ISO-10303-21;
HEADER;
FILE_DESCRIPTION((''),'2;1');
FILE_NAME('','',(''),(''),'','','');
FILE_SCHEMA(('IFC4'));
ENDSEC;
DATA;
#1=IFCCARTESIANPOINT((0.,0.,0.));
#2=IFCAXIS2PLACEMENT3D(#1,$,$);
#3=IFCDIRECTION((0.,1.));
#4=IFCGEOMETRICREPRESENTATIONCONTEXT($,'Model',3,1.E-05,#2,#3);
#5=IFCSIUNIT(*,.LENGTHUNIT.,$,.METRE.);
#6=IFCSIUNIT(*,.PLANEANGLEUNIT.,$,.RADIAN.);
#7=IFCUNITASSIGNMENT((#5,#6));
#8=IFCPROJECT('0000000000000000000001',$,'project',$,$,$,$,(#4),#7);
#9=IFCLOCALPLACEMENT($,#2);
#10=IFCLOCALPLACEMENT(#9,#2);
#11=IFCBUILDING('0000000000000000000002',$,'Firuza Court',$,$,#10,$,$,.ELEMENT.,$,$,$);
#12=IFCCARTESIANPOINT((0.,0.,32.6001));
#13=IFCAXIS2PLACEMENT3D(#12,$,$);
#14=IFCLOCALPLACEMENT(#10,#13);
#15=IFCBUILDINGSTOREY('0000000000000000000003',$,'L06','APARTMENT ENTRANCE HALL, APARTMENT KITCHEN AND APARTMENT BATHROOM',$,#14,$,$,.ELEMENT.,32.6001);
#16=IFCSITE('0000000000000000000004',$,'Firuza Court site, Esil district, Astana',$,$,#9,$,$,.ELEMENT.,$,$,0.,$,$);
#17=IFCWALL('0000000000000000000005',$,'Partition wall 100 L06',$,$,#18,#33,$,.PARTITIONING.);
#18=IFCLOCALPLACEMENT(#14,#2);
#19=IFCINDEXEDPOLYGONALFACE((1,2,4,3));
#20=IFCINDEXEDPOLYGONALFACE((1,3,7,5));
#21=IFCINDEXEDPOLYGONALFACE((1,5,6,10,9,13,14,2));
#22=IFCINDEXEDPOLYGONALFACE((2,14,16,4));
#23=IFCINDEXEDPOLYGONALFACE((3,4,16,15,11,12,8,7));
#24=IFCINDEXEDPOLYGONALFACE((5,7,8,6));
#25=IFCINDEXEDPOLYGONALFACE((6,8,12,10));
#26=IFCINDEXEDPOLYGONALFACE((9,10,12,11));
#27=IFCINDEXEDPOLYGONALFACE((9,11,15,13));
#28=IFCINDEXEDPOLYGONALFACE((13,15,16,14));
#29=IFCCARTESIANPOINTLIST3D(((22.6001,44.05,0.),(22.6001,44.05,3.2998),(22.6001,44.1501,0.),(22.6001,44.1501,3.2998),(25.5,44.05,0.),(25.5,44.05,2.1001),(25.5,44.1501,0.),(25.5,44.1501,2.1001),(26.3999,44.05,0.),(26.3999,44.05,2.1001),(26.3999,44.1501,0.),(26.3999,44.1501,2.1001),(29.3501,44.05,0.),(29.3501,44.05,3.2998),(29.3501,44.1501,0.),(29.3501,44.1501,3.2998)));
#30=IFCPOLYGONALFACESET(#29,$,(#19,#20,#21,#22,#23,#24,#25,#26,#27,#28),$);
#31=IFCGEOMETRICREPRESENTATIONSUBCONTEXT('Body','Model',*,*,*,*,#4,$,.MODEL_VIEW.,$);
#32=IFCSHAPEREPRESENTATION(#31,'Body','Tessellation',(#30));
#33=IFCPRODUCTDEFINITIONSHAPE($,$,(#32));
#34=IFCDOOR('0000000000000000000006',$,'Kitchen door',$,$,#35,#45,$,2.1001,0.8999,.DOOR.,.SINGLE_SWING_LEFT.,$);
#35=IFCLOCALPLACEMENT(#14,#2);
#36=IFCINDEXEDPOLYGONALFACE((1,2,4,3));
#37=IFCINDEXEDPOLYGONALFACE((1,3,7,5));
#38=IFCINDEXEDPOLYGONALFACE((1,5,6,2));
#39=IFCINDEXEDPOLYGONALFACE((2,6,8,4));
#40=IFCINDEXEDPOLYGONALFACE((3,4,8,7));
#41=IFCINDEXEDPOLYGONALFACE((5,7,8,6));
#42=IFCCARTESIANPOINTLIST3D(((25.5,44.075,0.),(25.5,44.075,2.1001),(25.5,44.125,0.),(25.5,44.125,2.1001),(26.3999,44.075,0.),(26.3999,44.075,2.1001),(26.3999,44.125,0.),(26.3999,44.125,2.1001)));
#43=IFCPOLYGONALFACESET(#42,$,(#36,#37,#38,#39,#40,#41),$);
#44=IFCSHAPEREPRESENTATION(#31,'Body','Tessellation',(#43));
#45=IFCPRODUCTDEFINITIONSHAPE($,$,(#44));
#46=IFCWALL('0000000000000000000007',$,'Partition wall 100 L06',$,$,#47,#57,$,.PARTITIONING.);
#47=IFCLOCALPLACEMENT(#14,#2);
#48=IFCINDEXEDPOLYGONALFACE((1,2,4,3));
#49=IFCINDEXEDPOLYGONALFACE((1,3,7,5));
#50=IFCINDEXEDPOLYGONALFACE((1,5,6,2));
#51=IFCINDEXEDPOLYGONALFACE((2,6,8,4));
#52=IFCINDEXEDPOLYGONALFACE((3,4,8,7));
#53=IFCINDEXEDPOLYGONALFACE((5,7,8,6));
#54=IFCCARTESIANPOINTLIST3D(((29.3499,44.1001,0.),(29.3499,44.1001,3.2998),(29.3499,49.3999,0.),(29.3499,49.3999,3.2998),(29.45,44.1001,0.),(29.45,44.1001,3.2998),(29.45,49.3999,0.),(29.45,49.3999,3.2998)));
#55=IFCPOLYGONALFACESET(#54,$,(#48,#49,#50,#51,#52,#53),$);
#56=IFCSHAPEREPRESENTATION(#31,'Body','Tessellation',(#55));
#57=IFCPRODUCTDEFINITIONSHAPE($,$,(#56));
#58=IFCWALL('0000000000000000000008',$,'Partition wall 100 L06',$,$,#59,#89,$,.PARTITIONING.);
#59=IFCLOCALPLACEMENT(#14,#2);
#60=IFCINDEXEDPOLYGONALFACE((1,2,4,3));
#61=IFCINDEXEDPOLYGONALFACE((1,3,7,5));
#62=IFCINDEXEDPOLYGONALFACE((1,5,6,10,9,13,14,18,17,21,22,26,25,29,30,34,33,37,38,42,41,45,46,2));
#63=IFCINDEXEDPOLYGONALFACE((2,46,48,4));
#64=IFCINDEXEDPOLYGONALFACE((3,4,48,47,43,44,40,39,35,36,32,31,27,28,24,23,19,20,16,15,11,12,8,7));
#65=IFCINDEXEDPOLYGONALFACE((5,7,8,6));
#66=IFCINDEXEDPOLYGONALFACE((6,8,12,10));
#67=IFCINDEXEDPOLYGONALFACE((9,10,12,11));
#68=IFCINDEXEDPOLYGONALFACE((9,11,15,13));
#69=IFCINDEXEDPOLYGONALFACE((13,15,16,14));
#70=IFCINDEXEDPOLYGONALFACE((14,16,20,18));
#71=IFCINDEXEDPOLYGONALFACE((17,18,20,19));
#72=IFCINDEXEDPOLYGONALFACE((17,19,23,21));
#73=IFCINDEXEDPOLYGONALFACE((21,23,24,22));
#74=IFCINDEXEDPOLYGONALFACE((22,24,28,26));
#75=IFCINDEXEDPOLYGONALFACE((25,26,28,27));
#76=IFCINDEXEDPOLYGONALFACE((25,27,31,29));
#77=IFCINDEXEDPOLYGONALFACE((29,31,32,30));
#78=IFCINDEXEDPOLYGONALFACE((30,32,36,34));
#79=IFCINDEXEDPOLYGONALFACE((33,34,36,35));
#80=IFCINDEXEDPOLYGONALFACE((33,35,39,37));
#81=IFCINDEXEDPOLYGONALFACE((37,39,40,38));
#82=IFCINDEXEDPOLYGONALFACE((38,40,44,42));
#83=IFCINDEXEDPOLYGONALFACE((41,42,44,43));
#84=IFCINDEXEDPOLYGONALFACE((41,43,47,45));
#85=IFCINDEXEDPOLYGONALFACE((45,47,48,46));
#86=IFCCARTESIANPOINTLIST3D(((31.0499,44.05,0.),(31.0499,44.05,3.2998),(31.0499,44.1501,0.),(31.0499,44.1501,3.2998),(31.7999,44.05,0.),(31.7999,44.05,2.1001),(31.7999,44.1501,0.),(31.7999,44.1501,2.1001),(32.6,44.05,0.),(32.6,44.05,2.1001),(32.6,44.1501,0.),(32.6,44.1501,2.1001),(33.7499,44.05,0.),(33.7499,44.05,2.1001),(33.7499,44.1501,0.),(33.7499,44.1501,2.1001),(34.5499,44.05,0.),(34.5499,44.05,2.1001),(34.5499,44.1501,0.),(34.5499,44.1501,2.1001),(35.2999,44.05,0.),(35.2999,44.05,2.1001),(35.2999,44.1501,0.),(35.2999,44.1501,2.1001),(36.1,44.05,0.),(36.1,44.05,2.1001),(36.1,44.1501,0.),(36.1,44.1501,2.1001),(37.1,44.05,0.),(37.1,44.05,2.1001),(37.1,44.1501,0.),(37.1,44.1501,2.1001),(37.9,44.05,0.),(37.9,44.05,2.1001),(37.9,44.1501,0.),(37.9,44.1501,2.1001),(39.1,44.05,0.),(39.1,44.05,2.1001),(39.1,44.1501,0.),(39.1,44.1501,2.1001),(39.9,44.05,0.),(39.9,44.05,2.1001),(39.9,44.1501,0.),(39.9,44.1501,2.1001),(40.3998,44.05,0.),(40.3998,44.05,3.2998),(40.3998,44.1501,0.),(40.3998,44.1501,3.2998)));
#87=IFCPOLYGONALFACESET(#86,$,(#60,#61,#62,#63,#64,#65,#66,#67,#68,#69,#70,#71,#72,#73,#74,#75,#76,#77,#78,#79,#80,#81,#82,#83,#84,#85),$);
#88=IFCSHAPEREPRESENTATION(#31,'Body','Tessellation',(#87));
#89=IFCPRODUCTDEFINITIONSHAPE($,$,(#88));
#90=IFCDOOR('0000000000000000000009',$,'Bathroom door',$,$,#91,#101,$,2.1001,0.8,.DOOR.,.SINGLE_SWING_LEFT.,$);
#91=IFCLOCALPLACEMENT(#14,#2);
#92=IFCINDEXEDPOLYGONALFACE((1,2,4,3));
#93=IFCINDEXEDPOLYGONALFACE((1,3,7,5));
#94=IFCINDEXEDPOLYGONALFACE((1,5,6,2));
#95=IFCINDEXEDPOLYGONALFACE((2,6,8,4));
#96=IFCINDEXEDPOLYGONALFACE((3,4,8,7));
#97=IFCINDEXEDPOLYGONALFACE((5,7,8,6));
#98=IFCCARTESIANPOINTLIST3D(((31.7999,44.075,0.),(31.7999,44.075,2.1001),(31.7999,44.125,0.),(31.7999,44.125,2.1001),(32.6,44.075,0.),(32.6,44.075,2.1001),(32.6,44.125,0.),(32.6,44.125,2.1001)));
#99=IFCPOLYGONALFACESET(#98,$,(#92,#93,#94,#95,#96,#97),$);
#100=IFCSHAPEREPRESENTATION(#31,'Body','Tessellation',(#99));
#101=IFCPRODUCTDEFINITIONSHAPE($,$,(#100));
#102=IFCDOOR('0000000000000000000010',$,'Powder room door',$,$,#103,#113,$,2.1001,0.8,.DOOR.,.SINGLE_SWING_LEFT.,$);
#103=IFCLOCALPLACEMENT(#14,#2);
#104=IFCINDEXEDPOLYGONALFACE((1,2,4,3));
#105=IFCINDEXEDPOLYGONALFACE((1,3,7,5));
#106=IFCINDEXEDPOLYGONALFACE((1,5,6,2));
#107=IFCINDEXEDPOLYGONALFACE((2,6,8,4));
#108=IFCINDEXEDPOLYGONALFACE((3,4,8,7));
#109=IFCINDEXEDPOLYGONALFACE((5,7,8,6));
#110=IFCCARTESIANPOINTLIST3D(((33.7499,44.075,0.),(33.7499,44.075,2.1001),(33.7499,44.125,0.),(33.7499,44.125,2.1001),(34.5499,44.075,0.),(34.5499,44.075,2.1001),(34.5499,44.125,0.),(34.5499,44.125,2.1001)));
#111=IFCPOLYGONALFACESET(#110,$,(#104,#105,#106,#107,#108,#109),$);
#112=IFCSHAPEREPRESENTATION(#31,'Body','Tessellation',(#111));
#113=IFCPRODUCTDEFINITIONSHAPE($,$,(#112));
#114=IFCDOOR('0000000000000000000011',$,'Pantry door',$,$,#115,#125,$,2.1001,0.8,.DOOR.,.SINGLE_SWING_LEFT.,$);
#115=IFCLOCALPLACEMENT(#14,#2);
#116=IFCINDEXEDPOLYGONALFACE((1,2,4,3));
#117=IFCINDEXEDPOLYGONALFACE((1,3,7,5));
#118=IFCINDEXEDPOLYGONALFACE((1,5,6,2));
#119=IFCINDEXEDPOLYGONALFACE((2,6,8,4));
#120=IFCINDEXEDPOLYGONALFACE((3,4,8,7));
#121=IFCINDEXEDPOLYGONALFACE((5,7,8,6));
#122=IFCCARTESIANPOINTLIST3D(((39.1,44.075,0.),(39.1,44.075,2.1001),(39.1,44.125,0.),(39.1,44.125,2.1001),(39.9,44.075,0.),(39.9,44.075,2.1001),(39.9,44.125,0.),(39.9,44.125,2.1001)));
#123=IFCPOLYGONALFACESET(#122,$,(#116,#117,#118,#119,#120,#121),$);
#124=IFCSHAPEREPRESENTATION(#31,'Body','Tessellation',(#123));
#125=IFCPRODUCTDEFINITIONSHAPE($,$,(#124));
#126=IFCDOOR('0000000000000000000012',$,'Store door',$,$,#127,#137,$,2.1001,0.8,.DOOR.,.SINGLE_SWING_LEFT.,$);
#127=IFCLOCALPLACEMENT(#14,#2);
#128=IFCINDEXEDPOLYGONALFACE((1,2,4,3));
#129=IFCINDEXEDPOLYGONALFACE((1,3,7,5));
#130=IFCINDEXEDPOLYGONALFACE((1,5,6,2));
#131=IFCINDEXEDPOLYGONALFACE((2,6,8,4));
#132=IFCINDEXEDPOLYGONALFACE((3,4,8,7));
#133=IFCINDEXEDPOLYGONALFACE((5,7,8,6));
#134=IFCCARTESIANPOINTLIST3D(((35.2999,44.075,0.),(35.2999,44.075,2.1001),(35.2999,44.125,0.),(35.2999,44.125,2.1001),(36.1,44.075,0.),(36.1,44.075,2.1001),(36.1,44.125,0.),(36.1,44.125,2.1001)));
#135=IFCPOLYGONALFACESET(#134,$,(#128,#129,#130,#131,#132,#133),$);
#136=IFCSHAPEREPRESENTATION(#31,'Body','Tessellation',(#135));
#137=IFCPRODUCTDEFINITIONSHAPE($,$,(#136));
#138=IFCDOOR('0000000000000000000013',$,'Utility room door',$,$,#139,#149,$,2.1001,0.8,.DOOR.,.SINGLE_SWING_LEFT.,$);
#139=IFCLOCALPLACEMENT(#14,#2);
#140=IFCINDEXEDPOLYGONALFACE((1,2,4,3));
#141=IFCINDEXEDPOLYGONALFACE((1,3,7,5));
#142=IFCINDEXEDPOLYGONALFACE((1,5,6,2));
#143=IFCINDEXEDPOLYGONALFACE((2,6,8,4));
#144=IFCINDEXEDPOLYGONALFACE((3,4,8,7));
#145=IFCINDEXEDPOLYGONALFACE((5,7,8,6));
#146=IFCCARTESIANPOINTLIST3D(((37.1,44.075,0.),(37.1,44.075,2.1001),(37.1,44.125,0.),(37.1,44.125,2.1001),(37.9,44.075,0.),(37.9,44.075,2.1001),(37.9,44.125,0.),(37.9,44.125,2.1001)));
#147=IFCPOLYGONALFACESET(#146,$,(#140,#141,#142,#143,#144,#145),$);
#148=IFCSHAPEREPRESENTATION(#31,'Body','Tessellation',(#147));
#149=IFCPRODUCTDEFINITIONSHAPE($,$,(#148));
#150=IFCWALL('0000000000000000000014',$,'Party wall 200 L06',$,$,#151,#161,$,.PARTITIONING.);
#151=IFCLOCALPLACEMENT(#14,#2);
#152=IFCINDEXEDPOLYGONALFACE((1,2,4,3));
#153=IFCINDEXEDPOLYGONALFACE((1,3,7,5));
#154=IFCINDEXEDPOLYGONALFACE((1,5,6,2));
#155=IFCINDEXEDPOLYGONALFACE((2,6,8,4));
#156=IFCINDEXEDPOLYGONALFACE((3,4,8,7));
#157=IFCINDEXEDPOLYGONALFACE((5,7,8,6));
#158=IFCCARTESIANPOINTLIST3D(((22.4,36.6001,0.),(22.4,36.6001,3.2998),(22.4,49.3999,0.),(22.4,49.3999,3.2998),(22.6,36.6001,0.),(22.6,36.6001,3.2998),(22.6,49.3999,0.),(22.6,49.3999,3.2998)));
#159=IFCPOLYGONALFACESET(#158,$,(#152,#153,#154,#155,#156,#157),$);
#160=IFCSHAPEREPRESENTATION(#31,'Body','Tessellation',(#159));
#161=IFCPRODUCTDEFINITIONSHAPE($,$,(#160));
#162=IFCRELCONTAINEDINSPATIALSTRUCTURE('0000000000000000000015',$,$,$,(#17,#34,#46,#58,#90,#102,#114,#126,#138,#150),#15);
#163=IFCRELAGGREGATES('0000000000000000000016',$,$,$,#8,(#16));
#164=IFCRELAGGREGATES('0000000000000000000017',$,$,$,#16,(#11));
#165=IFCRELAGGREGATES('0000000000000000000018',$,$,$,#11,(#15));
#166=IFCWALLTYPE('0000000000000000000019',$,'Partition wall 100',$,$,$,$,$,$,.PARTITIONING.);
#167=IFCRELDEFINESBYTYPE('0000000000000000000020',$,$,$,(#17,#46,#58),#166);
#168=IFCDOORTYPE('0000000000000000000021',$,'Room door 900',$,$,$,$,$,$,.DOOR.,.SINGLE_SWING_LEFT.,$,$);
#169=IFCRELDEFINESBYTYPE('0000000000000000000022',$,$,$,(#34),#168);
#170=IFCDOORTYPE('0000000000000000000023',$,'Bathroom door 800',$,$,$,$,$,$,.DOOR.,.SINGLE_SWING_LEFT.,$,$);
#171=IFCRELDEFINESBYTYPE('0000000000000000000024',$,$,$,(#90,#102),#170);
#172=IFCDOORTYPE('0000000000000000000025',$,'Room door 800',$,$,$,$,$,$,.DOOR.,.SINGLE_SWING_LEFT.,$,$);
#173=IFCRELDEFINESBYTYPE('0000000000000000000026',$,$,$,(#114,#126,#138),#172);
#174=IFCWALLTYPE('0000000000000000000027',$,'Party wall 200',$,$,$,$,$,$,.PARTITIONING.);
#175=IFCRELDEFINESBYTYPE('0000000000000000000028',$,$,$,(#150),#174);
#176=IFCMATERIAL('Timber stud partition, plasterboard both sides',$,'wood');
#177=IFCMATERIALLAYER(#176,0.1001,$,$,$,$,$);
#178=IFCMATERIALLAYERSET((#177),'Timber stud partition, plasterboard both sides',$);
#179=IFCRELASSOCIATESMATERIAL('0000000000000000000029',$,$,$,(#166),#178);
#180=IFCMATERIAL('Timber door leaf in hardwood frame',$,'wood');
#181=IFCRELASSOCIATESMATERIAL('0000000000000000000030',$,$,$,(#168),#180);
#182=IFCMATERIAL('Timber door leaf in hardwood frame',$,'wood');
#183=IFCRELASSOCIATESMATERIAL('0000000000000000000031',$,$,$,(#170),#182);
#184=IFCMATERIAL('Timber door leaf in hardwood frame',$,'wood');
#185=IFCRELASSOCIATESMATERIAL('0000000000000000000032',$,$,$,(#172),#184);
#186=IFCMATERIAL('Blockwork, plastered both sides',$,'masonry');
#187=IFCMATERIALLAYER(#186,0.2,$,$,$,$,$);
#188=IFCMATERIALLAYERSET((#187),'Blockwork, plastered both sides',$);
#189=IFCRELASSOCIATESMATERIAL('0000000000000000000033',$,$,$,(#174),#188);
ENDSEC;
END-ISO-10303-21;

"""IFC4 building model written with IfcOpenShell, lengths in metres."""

from ifc_helpers import new_model, si_unit, direction, frame, frame_2d, origin, place, context, subcontext, project, spatial, rectangle, extrude, material, layer, layer_set, type_object, element, fill, save


model = new_model("IFC4")

# Units and contexts
model_context = context("Model", 3, precision=1e-05, world=origin(), true_north=direction((0.0, 1.0)))
body_context = subcontext(model_context, "Body", "Model", "MODEL_VIEW")
ifc_project = project(units=[si_unit("LENGTHUNIT", "METRE"), si_unit("PLANEANGLEUNIT", "RADIAN")], contexts=[model_context])

# Site, building, storey
site_placement = place(None, origin())
site = spatial("IfcSite", under=ifc_project, at=site_placement, Name="Firuza Court site, Esil district, Astana", CompositionType="ELEMENT", RefElevation=0.0)
building_placement = place(site_placement, origin())
building = spatial("IfcBuilding", under=site, at=building_placement, Name="Firuza Court", CompositionType="ELEMENT")
storey_placement = place(building_placement, frame((0.0, 0.0, 32.6001)))
storey = spatial("IfcBuildingStorey", under=building, at=storey_placement, Name="L06", Description="APARTMENT ENTRANCE HALL, APARTMENT KITCHEN AND APARTMENT BATHROOM", CompositionType="ELEMENT", Elevation=32.6001)

# Shared definitions
ifc_material_1 = material(Name="Timber stud partition, plasterboard both sides", Category="wood")
ifc_layer_1 = layer(ifc_material_1, 0.1001)
ifc_layer_set_1 = layer_set([ifc_layer_1], Name="Timber stud partition, plasterboard both sides")
wall_type_1 = type_object("IfcWallType", Name="Partition wall 100", PredefinedType="PARTITIONING", material=ifc_layer_set_1)

# Shared definitions
ifc_material_2 = material(Name="Timber door leaf in hardwood frame", Category="wood")
door_type_1 = type_object("IfcDoorType", Name="Room door 900", OperationType="SINGLE_SWING_LEFT", PredefinedType="DOOR", material=ifc_material_2)

# Wall, opening, door
wall_1_placement = place(storey_placement, frame((22.6001, 44.1001, 0.0), z_axis=(0.0, 0.0, 1.0), x_axis=(1.0, 0.0, 0.0)))
wall_1 = element("IfcWall", 1, at=wall_1_placement, inside=storey, type_object=wall_type_1, Name="Partition wall 100 L06", PredefinedType="PARTITIONING", context=body_context, shape_type="SweptSolid", body=[
    extrude(rectangle(XDim=6.75, YDim=0.1001, at=frame_2d((3.375, 0.0))), origin(), (0.0, 0.0, 1.0), 3.2998),
])
opening_1_placement = place(wall_1_placement, frame((2.8999, 0.0, 0.0)))
opening_1 = element("IfcOpeningElement", 2, at=opening_1_placement, cuts=wall_1, PredefinedType="OPENING", context=body_context, shape_type="SweptSolid", body=[
    extrude(rectangle(XDim=0.8999, YDim=2.1001, at=frame_2d((0.45, 1.05))), frame((0.0, 0.062, 0.0), z_axis=(0.0, -1.0, 0.0), x_axis=(1.0, 0.0, 0.0)), (0.0, 0.0, 1.0), 0.124),
])
door_1_placement = place(opening_1_placement, origin())
door_1 = element("IfcDoor", 3, at=door_1_placement, inside=storey, type_object=door_type_1, Name="Kitchen door", OperationType="SINGLE_SWING_LEFT", OverallHeight=2.1001, OverallWidth=0.8999, PredefinedType="DOOR", context=body_context, shape_type="SweptSolid", body=[
    extrude(rectangle(XDim=0.8999, YDim=2.1001, at=frame_2d((0.45, 1.05))), frame((0.0, 0.0249, 0.0), z_axis=(0.0, -1.0, 0.0), x_axis=(1.0, 0.0, 0.0)), (0.0, 0.0, 1.0), 0.05),
])
fill(opening_1, door_1)

# Wall
wall_2_placement = place(storey_placement, frame((29.3999, 44.1001, 0.0), z_axis=(0.0, 0.0, 1.0), x_axis=(0.0, 1.0, 0.0)))
element("IfcWall", 4, at=wall_2_placement, inside=storey, type_object=wall_type_1, Name="Partition wall 100 L06", PredefinedType="PARTITIONING", context=body_context, shape_type="SweptSolid", body=[
    extrude(rectangle(XDim=5.2998, YDim=0.1001, at=frame_2d((2.6499, 0.0))), origin(), (0.0, 0.0, 1.0), 3.2998),
])

# Wall, openings, doors
wall_3_placement = place(storey_placement, frame((31.05, 44.1001, 0.0), z_axis=(0.0, 0.0, 1.0), x_axis=(1.0, 0.0, 0.0)))
wall_3 = element("IfcWall", 5, at=wall_3_placement, inside=storey, type_object=wall_type_1, Name="Partition wall 100 L06", PredefinedType="PARTITIONING", context=body_context, shape_type="SweptSolid", body=[
    extrude(rectangle(XDim=9.3499, YDim=0.1001, at=frame_2d((4.6748, 0.0))), origin(), (0.0, 0.0, 1.0), 3.2998),
])
opening_2_placement = place(wall_3_placement, frame((0.75, 0.0, 0.0)))
opening_2 = element("IfcOpeningElement", 6, at=opening_2_placement, cuts=wall_3, PredefinedType="OPENING", context=body_context, shape_type="SweptSolid", body=[
    extrude(rectangle(XDim=0.8, YDim=2.1001, at=frame_2d((0.3999, 1.05))), frame((0.0, 0.062, 0.0), z_axis=(0.0, -1.0, 0.0), x_axis=(1.0, 0.0, 0.0)), (0.0, 0.0, 1.0), 0.124),
])
opening_3_placement = place(wall_3_placement, frame((8.05, 0.0, 0.0)))
opening_3 = element("IfcOpeningElement", 7, at=opening_3_placement, cuts=wall_3, PredefinedType="OPENING", context=body_context, shape_type="SweptSolid", body=[
    extrude(rectangle(XDim=0.8, YDim=2.1001, at=frame_2d((0.3999, 1.05))), frame((0.0, 0.062, 0.0), z_axis=(0.0, -1.0, 0.0), x_axis=(1.0, 0.0, 0.0)), (0.0, 0.0, 1.0), 0.124),
])
opening_4_placement = place(wall_3_placement, frame((4.25, 0.0, 0.0)))
opening_4 = element("IfcOpeningElement", 8, at=opening_4_placement, cuts=wall_3, PredefinedType="OPENING", context=body_context, shape_type="SweptSolid", body=[
    extrude(rectangle(XDim=0.8, YDim=2.1001, at=frame_2d((0.3999, 1.05))), frame((0.0, 0.062, 0.0), z_axis=(0.0, -1.0, 0.0), x_axis=(1.0, 0.0, 0.0)), (0.0, 0.0, 1.0), 0.124),
])
opening_5_placement = place(wall_3_placement, frame((6.05, 0.0, 0.0)))
opening_5 = element("IfcOpeningElement", 9, at=opening_5_placement, cuts=wall_3, PredefinedType="OPENING", context=body_context, shape_type="SweptSolid", body=[
    extrude(rectangle(XDim=0.8, YDim=2.1001, at=frame_2d((0.3999, 1.05))), frame((0.0, 0.062, 0.0), z_axis=(0.0, -1.0, 0.0), x_axis=(1.0, 0.0, 0.0)), (0.0, 0.0, 1.0), 0.124),
])
opening_6_placement = place(wall_3_placement, frame((2.7, 0.0, 0.0)))
opening_6 = element("IfcOpeningElement", 10, at=opening_6_placement, cuts=wall_3, PredefinedType="OPENING", context=body_context, shape_type="SweptSolid", body=[
    extrude(rectangle(XDim=0.8, YDim=2.1001, at=frame_2d((0.3999, 1.05))), frame((0.0, 0.062, 0.0), z_axis=(0.0, -1.0, 0.0), x_axis=(1.0, 0.0, 0.0)), (0.0, 0.0, 1.0), 0.124),
])
ifc_material_3 = material(Name="Timber door leaf in hardwood frame", Category="wood")
door_type_2 = type_object("IfcDoorType", Name="Bathroom door 800", OperationType="SINGLE_SWING_LEFT", PredefinedType="DOOR", material=ifc_material_3)
door_2_placement = place(opening_2_placement, origin())
door_2 = element("IfcDoor", 11, at=door_2_placement, inside=storey, type_object=door_type_2, Name="Bathroom door", OperationType="SINGLE_SWING_LEFT", OverallHeight=2.1001, OverallWidth=0.8, PredefinedType="DOOR", context=body_context, shape_type="SweptSolid", body=[
    extrude(rectangle(XDim=0.8, YDim=2.1001, at=frame_2d((0.3999, 1.05))), frame((0.0, 0.0249, 0.0), z_axis=(0.0, -1.0, 0.0), x_axis=(1.0, 0.0, 0.0)), (0.0, 0.0, 1.0), 0.05),
])
fill(opening_2, door_2)
door_3_placement = place(opening_6_placement, origin())
door_3 = element("IfcDoor", 12, at=door_3_placement, inside=storey, type_object=door_type_2, Name="Powder room door", OperationType="SINGLE_SWING_LEFT", OverallHeight=2.1001, OverallWidth=0.8, PredefinedType="DOOR", context=body_context, shape_type="SweptSolid", body=[
    extrude(rectangle(XDim=0.8, YDim=2.1001, at=frame_2d((0.3999, 1.05))), frame((0.0, 0.0249, 0.0), z_axis=(0.0, -1.0, 0.0), x_axis=(1.0, 0.0, 0.0)), (0.0, 0.0, 1.0), 0.05),
])
fill(opening_6, door_3)
ifc_material_4 = material(Name="Timber door leaf in hardwood frame", Category="wood")
door_type_3 = type_object("IfcDoorType", Name="Room door 800", OperationType="SINGLE_SWING_LEFT", PredefinedType="DOOR", material=ifc_material_4)
door_4_placement = place(opening_3_placement, origin())
door_4 = element("IfcDoor", 13, at=door_4_placement, inside=storey, type_object=door_type_3, Name="Pantry door", OperationType="SINGLE_SWING_LEFT", OverallHeight=2.1001, OverallWidth=0.8, PredefinedType="DOOR", context=body_context, shape_type="SweptSolid", body=[
    extrude(rectangle(XDim=0.8, YDim=2.1001, at=frame_2d((0.3999, 1.05))), frame((0.0, 0.0249, 0.0), z_axis=(0.0, -1.0, 0.0), x_axis=(1.0, 0.0, 0.0)), (0.0, 0.0, 1.0), 0.05),
])
fill(opening_3, door_4)
door_5_placement = place(opening_4_placement, origin())
door_5 = element("IfcDoor", 14, at=door_5_placement, inside=storey, type_object=door_type_3, Name="Store door", OperationType="SINGLE_SWING_LEFT", OverallHeight=2.1001, OverallWidth=0.8, PredefinedType="DOOR", context=body_context, shape_type="SweptSolid", body=[
    extrude(rectangle(XDim=0.8, YDim=2.1001, at=frame_2d((0.3999, 1.05))), frame((0.0, 0.0249, 0.0), z_axis=(0.0, -1.0, 0.0), x_axis=(1.0, 0.0, 0.0)), (0.0, 0.0, 1.0), 0.05),
])
fill(opening_4, door_5)
door_6_placement = place(opening_5_placement, origin())
door_6 = element("IfcDoor", 15, at=door_6_placement, inside=storey, type_object=door_type_3, Name="Utility room door", OperationType="SINGLE_SWING_LEFT", OverallHeight=2.1001, OverallWidth=0.8, PredefinedType="DOOR", context=body_context, shape_type="SweptSolid", body=[
    extrude(rectangle(XDim=0.8, YDim=2.1001, at=frame_2d((0.3999, 1.05))), frame((0.0, 0.0249, 0.0), z_axis=(0.0, -1.0, 0.0), x_axis=(1.0, 0.0, 0.0)), (0.0, 0.0, 1.0), 0.05),
])
fill(opening_5, door_6)

# Wall
ifc_material_5 = material(Name="Blockwork, plastered both sides", Category="masonry")
ifc_layer_2 = layer(ifc_material_5, 0.2)
ifc_layer_set_2 = layer_set([ifc_layer_2], Name="Blockwork, plastered both sides")
wall_type_2 = type_object("IfcWallType", Name="Party wall 200", PredefinedType="PARTITIONING", material=ifc_layer_set_2)
wall_4_placement = place(storey_placement, frame((22.5, 36.6001, 0.0), z_axis=(0.0, 0.0, 1.0), x_axis=(0.0, 1.0, 0.0)))
element("IfcWall", 16, at=wall_4_placement, inside=storey, type_object=wall_type_2, Name="Party wall 200 L06", PredefinedType="PARTITIONING", context=body_context, shape_type="SweptSolid", body=[
    extrude(rectangle(XDim=12.7998, YDim=0.2, at=frame_2d((6.3999, 0.0))), origin(), (0.0, 0.0, 1.0), 3.2998),
])

save(model, "model.ifc")
